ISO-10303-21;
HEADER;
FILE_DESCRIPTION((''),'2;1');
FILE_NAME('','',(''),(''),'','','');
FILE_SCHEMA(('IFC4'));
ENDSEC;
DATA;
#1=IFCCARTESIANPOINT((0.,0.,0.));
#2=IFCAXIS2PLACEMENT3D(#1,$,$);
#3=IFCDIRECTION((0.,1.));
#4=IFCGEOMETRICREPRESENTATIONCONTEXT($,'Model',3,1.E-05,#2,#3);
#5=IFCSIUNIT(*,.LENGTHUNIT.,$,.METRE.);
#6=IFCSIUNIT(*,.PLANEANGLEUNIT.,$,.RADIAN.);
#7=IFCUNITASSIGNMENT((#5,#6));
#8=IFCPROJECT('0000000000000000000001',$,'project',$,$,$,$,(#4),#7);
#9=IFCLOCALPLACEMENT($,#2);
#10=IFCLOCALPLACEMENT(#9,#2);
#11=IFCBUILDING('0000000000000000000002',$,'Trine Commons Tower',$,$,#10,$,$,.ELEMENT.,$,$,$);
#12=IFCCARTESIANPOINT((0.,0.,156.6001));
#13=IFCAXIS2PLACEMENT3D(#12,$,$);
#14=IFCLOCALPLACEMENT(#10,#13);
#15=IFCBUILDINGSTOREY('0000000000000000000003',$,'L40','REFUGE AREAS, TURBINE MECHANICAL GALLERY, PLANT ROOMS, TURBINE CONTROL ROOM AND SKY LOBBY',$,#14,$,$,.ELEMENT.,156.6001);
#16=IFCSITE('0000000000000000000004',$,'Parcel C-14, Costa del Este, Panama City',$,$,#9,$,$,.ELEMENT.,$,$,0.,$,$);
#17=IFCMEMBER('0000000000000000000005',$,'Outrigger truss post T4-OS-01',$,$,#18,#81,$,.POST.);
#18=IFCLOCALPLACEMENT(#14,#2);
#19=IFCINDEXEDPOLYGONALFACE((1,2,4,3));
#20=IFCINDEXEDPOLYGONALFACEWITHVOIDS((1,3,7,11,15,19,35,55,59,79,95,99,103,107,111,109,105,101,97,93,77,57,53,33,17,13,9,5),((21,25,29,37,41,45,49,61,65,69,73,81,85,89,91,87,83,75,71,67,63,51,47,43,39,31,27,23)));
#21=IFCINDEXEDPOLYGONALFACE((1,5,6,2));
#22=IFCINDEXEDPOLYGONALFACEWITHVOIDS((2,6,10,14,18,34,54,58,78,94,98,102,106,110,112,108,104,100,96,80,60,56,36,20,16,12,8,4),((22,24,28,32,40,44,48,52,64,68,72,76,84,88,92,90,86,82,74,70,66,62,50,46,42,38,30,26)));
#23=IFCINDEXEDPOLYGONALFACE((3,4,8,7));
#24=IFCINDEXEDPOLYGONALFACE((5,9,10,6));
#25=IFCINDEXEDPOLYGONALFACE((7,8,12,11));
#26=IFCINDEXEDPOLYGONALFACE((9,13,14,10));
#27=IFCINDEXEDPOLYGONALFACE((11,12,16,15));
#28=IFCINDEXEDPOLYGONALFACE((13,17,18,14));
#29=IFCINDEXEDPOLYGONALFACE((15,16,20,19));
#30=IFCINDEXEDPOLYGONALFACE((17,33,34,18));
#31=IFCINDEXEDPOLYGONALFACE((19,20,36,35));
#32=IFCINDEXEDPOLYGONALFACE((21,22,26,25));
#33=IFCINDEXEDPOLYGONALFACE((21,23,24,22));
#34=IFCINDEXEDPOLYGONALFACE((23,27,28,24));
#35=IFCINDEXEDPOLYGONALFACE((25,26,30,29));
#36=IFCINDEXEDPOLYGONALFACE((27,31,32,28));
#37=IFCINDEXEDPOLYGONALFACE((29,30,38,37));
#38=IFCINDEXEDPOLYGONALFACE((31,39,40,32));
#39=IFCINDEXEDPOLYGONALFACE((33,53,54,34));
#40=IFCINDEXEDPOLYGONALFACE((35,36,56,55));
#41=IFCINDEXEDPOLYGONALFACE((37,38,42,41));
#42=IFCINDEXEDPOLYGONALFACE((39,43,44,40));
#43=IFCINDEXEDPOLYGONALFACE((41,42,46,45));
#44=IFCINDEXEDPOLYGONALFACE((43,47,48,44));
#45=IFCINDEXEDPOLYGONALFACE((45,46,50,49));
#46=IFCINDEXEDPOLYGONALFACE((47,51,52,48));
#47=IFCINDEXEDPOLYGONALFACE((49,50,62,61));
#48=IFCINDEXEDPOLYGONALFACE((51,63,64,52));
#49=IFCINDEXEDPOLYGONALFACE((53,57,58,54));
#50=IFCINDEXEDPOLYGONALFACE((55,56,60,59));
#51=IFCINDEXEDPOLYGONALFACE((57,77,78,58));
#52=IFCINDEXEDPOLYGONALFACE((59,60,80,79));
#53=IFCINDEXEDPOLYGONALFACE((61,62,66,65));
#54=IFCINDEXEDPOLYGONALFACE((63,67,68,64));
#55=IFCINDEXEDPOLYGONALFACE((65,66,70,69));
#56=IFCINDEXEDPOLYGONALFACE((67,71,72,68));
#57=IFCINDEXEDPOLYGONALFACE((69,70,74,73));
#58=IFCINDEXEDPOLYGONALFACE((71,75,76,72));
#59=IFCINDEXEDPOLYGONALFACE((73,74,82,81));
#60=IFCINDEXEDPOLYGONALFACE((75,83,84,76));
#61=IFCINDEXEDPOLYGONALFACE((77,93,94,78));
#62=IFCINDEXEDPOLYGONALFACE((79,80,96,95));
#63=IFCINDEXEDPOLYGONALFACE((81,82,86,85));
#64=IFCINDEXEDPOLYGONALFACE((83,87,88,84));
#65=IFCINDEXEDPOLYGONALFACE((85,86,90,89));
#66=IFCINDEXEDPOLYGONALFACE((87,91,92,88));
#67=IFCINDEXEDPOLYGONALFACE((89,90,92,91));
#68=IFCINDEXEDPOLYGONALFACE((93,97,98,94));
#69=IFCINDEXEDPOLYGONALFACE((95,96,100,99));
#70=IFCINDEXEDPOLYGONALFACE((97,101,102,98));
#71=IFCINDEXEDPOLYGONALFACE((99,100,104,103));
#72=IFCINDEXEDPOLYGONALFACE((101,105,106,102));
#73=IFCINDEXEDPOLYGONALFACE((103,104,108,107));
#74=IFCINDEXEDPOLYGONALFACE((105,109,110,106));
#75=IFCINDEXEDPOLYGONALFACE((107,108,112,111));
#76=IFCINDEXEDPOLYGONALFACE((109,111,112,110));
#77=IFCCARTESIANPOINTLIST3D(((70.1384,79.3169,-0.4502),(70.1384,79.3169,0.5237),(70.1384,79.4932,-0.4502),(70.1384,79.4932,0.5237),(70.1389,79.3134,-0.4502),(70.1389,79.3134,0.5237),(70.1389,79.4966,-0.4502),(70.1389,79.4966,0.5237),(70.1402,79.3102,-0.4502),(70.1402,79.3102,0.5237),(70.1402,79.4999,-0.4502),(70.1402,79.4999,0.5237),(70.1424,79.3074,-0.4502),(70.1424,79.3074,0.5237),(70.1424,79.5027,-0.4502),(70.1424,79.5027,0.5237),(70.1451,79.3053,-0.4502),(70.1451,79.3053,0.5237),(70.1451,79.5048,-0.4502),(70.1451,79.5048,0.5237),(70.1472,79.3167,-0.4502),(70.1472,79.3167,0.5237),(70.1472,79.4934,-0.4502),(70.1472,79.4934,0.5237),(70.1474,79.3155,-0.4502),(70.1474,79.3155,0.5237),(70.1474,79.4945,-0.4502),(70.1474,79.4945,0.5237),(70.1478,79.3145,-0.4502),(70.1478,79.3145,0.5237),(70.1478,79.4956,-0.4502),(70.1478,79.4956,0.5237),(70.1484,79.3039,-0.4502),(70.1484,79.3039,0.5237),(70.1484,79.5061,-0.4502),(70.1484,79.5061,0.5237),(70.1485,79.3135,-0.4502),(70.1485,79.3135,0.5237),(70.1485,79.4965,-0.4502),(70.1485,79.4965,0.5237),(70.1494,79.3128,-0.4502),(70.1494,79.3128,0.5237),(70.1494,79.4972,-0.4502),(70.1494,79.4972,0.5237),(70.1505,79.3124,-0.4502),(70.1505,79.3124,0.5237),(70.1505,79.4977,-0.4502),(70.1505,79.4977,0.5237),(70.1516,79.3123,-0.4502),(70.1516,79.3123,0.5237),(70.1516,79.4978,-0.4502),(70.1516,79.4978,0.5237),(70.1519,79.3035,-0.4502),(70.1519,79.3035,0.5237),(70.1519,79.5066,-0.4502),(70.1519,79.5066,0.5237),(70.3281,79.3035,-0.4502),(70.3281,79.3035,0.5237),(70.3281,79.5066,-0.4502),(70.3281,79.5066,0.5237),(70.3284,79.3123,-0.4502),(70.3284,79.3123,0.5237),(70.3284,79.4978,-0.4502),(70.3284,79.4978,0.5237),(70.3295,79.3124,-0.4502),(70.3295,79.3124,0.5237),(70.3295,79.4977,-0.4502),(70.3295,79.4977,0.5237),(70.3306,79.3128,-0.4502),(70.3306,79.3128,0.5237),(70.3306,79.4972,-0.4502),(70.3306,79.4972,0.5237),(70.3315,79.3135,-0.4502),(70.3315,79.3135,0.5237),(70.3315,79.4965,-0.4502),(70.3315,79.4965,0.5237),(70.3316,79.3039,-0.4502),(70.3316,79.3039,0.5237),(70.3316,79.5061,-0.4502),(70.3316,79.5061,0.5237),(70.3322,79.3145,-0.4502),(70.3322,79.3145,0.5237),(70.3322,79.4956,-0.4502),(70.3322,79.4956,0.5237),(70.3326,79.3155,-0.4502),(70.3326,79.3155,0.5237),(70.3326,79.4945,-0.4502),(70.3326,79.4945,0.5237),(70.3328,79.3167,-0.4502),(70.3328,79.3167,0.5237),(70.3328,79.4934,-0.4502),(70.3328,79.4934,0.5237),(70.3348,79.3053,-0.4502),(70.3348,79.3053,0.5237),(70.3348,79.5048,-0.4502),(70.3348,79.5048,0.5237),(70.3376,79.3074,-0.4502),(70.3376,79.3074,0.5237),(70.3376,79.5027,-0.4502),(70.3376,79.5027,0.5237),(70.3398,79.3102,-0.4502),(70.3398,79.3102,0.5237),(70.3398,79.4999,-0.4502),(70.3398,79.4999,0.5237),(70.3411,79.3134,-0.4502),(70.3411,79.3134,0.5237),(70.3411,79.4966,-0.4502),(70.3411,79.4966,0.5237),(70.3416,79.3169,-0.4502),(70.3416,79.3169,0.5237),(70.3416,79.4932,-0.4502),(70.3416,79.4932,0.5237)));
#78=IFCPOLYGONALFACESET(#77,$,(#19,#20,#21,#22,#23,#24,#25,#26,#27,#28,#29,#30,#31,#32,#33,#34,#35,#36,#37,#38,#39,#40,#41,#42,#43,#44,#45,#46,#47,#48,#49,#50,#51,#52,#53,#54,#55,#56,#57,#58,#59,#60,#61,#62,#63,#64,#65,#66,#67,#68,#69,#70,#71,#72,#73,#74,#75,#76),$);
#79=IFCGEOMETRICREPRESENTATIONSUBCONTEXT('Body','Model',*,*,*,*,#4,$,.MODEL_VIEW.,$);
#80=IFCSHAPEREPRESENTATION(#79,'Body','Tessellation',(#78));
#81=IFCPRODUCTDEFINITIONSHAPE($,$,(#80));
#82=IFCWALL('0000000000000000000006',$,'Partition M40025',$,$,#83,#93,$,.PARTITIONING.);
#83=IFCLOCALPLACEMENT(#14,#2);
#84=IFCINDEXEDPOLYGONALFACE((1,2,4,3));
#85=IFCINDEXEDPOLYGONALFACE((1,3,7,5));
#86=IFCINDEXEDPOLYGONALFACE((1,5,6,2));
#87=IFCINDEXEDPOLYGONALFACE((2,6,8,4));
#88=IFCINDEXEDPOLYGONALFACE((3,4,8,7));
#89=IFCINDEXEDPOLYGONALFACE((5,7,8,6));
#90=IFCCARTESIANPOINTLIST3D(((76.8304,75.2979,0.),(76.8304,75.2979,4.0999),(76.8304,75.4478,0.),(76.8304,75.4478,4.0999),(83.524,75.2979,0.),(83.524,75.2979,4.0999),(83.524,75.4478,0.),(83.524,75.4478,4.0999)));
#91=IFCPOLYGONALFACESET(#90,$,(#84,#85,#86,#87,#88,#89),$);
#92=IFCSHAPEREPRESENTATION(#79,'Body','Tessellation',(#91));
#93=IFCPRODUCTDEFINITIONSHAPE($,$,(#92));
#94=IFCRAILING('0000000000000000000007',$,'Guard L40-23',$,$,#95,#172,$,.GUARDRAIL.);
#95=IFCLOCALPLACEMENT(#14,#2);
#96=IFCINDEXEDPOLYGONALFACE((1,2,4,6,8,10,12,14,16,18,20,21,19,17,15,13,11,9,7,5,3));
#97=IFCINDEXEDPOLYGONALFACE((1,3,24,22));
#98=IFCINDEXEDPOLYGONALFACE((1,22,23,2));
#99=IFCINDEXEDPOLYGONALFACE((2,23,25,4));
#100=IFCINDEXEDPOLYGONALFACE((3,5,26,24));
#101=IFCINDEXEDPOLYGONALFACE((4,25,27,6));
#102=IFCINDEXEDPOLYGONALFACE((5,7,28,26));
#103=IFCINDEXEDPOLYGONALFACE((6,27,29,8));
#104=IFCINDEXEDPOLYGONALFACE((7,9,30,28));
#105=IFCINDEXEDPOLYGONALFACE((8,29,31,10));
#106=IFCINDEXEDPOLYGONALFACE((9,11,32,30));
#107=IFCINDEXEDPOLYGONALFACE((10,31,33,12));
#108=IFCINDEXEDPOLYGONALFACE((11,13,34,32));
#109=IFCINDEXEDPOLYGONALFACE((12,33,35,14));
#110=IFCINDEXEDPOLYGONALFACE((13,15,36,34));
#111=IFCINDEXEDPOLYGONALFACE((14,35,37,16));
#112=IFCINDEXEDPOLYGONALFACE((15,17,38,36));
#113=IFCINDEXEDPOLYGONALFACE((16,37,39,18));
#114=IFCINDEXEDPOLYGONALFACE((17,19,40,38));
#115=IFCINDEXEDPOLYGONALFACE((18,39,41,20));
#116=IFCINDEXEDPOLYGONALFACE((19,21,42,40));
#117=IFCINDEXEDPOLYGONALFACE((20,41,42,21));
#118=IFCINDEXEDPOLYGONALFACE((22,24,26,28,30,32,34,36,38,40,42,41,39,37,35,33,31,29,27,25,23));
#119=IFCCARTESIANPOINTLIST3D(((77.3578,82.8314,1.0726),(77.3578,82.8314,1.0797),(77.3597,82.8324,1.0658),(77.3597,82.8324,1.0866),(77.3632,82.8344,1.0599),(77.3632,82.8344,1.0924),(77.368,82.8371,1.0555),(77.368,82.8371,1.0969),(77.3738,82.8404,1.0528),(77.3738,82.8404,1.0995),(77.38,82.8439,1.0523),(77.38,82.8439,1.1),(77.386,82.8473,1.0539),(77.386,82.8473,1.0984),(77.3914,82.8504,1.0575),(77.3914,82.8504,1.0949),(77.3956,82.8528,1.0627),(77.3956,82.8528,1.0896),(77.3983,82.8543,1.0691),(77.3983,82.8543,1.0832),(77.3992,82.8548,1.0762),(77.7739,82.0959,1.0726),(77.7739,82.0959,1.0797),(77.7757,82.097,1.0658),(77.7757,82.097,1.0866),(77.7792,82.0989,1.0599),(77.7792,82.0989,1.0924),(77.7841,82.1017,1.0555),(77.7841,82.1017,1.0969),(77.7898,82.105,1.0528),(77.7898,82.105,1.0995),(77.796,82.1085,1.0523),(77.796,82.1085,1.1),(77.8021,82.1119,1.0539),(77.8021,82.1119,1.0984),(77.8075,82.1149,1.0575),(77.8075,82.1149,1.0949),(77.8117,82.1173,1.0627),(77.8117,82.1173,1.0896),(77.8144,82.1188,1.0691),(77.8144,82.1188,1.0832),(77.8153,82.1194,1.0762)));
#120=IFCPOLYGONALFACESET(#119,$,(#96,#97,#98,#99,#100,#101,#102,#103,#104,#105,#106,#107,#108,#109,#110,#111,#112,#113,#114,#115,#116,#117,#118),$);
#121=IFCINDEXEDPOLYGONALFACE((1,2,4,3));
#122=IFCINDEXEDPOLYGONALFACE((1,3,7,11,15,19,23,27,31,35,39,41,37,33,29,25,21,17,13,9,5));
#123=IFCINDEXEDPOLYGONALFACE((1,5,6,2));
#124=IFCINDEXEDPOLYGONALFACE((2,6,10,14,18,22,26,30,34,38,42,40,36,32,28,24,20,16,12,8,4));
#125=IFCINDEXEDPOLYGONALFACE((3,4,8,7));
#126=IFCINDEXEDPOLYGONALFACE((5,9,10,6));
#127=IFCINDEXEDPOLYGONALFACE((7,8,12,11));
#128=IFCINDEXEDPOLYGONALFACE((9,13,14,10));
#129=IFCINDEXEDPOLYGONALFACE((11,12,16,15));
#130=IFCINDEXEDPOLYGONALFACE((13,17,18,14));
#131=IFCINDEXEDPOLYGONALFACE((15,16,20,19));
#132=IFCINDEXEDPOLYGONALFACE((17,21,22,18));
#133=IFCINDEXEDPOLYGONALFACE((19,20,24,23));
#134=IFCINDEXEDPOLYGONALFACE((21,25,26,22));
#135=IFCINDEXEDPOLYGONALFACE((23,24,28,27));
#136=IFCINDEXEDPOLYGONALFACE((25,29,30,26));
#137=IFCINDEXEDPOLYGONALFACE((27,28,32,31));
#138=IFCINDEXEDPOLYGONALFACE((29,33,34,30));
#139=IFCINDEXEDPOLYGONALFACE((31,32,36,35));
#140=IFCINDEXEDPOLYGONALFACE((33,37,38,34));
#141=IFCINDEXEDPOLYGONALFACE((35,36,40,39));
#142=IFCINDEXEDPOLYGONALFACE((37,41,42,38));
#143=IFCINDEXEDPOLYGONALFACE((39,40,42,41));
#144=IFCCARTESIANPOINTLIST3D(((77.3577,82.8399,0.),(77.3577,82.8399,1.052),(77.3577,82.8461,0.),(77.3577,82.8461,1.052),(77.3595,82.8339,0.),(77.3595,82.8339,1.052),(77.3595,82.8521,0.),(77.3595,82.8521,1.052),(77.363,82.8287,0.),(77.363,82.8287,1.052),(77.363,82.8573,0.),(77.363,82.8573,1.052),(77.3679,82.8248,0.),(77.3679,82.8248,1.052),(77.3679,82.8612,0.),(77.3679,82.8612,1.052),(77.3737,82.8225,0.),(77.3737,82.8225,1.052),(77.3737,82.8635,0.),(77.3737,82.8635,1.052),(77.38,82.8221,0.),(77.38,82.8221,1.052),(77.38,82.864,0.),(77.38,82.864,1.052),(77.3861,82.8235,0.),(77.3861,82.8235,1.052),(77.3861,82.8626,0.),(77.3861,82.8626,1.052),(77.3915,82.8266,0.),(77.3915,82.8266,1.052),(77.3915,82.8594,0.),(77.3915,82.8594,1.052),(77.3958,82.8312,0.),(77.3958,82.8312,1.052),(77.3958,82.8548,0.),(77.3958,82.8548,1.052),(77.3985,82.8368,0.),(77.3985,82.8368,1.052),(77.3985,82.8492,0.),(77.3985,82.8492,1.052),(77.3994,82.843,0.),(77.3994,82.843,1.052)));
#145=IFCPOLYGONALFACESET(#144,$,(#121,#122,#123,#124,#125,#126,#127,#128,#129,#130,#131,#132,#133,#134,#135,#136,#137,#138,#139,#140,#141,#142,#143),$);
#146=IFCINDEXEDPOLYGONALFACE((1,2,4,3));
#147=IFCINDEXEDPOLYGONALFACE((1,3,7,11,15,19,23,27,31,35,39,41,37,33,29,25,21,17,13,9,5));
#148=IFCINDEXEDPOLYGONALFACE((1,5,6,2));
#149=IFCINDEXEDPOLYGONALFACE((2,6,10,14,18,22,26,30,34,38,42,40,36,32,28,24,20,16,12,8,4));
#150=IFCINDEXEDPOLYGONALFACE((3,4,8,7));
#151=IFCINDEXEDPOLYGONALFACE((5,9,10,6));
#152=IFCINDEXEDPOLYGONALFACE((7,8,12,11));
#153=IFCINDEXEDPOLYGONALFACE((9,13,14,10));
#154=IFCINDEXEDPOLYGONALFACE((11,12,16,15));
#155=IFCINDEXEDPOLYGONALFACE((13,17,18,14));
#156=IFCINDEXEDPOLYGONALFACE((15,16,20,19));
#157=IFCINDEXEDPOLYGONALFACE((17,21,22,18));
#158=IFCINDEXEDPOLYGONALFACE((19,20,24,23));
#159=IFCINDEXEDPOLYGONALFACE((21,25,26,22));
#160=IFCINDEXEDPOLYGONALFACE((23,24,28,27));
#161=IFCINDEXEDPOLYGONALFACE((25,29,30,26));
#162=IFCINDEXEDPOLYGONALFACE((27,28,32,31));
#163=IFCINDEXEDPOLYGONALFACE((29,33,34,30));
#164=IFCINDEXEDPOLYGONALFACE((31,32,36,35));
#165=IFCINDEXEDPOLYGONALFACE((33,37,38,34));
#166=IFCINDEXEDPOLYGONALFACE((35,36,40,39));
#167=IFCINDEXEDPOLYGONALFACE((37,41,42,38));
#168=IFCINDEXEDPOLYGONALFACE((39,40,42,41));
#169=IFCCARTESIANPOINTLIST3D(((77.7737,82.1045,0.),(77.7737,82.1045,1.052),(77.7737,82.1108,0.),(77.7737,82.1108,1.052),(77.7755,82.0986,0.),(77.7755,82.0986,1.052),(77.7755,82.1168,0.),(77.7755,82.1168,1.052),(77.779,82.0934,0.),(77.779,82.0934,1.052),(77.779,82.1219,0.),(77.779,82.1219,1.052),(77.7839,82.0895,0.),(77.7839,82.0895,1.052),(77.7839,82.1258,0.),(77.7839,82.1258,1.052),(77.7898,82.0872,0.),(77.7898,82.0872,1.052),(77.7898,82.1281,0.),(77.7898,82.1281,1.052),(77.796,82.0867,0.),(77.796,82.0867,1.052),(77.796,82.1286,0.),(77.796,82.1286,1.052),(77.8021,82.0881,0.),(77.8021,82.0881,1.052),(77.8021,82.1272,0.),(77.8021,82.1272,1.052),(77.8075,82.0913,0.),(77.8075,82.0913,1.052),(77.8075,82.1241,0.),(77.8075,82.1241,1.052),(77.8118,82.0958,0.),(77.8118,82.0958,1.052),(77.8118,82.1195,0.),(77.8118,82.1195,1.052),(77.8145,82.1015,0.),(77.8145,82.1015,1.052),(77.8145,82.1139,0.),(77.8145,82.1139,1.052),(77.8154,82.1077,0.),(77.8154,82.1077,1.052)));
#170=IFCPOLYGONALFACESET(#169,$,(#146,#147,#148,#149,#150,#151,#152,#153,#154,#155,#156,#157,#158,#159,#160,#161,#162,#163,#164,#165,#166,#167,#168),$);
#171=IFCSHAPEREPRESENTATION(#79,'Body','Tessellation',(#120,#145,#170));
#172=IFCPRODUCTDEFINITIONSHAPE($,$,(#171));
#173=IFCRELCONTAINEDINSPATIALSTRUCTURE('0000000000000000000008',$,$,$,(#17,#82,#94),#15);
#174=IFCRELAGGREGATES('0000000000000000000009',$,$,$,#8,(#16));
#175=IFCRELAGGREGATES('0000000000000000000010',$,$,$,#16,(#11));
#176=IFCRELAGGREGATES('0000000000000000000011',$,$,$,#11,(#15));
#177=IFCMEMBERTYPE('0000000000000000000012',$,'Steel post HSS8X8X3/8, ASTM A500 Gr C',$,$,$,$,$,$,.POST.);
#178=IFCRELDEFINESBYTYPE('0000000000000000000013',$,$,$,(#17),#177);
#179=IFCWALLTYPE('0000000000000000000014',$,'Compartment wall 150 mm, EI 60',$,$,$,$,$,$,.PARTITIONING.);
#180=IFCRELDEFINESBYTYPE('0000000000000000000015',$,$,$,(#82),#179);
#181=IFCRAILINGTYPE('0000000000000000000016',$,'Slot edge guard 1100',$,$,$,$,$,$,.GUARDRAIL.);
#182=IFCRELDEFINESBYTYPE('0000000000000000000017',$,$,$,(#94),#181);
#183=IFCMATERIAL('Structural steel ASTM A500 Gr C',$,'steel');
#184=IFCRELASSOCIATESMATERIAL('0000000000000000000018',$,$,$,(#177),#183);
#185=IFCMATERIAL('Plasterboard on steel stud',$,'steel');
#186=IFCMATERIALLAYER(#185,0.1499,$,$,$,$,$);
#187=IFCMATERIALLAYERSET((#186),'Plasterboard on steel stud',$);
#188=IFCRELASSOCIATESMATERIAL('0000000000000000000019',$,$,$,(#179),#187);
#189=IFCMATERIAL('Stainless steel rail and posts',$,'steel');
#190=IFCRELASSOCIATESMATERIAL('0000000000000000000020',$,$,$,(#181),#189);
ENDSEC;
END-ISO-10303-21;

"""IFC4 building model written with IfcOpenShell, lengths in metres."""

from ifc_helpers import new_model, si_unit, direction, frame, frame_2d, origin, origin_2d, place, context, subcontext, project, spatial, rectangle, hollow_rectangle, circle, extrude, material, layer, layer_set, material_profile, profile_set, type_object, element, save


model = new_model("IFC4")

# Units and contexts
model_context = context("Model", 3, precision=1e-05, world=origin(), true_north=direction((0.0, 1.0)))
body_context = subcontext(model_context, "Body", "Model", "MODEL_VIEW")
ifc_project = project(units=[si_unit("LENGTHUNIT", "METRE"), si_unit("PLANEANGLEUNIT", "RADIAN")], contexts=[model_context])

# Site, building, storey
site_placement = place(None, origin())
site = spatial("IfcSite", under=ifc_project, at=site_placement, Name="Parcel C-14, Costa del Este, Panama City", CompositionType="ELEMENT", RefElevation=0.0)
building_placement = place(site_placement, origin())
building = spatial("IfcBuilding", under=site, at=building_placement, Name="Trine Commons Tower", CompositionType="ELEMENT")
storey_placement = place(building_placement, frame((0.0, 0.0, 156.6001)))
storey = spatial("IfcBuildingStorey", under=building, at=storey_placement, Name="L40", Description="REFUGE AREAS, TURBINE MECHANICAL GALLERY, PLANT ROOMS, TURBINE CONTROL ROOM AND SKY LOBBY", CompositionType="ELEMENT", Elevation=156.6001)

# Member
ifc_material_1 = material(Name="Structural steel ASTM A500 Gr C", Category="steel")
ifc_material_profile_1 = material_profile(ifc_material_1, hollow_rectangle(XDim=0.2031, YDim=0.2031, WallThickness=0.0088, InnerFilletRadius=0.0044, OuterFilletRadius=0.0134, at=origin_2d()), Name="HSS8X8X3/8")
ifc_profile_set_1 = profile_set([ifc_material_profile_1], Name="Structural steel ASTM A500 Gr C")
member_type_1 = type_object("IfcMemberType", Name="Steel post HSS8X8X3/8, ASTM A500 Gr C", PredefinedType="POST", material=ifc_profile_set_1)
member_1_placement = place(storey_placement, frame((70.24, 79.405, -0.4502), z_axis=(0.0, 0.0, 1.0), x_axis=(1.0, 0.0, 0.0)))
element("IfcMember", 1, at=member_1_placement, inside=storey, type_object=member_type_1, Name="Outrigger truss post T4-OS-01", PredefinedType="POST", context=body_context, shape_type="SweptSolid", body=[
    extrude(hollow_rectangle(XDim=0.2031, YDim=0.2031, WallThickness=0.0088, InnerFilletRadius=0.0044, OuterFilletRadius=0.0134, at=origin_2d()), origin(), (0.0, 0.0, 1.0), 0.9739),
])

# Wall
ifc_material_2 = material(Name="Plasterboard on steel stud", Category="steel")
ifc_layer_1 = layer(ifc_material_2, 0.1499)
ifc_layer_set_1 = layer_set([ifc_layer_1], Name="Plasterboard on steel stud")
wall_type_1 = type_object("IfcWallType", Name="Compartment wall 150 mm, EI 60", PredefinedType="PARTITIONING", material=ifc_layer_set_1)
wall_1_placement = place(storey_placement, frame((76.8306, 75.3728, 0.0), z_axis=(0.0, 0.0, 1.0), x_axis=(1.0, 0.0, 0.0)))
element("IfcWall", 2, at=wall_1_placement, inside=storey, type_object=wall_type_1, Name="Partition M40025", PredefinedType="PARTITIONING", context=body_context, shape_type="SweptSolid", body=[
    extrude(rectangle(XDim=6.6936, YDim=0.1499, at=frame_2d((3.3467, 0.0))), origin(), (0.0, 0.0, 1.0), 4.0999),
])

# Railing
ifc_material_3 = material(Name="Stainless steel rail and posts", Category="steel")
railing_type = type_object("IfcRailingType", Name="Slot edge guard 1100", PredefinedType="GUARDRAIL", material=ifc_material_3)
railing_1_placement = place(storey_placement, frame((77.3784, 82.843, 0.0)))
element("IfcRailing", 3, at=railing_1_placement, inside=storey, type_object=railing_type, Name="Guard L40-23", PredefinedType="GUARDRAIL", context=body_context, shape_type="SweptSolid", body=[
    extrude(circle(Radius=0.0239, at=origin_2d()), frame((0.0, 0.0, 1.0762), z_axis=(0.4924, -0.870369, 0.0), x_axis=(0.870369, 0.4924, 0.0)), (0.0, 0.0, 1.0), 0.845),
    extrude(circle(Radius=0.021, at=origin_2d()), origin(), (0.0, 0.0, 1.0), 1.052),
    extrude(circle(Radius=0.021, at=origin_2d()), frame((0.416, -0.7354, 0.0)), (0.0, 0.0, 1.0), 1.052),
])

save(model, "model.ifc")
